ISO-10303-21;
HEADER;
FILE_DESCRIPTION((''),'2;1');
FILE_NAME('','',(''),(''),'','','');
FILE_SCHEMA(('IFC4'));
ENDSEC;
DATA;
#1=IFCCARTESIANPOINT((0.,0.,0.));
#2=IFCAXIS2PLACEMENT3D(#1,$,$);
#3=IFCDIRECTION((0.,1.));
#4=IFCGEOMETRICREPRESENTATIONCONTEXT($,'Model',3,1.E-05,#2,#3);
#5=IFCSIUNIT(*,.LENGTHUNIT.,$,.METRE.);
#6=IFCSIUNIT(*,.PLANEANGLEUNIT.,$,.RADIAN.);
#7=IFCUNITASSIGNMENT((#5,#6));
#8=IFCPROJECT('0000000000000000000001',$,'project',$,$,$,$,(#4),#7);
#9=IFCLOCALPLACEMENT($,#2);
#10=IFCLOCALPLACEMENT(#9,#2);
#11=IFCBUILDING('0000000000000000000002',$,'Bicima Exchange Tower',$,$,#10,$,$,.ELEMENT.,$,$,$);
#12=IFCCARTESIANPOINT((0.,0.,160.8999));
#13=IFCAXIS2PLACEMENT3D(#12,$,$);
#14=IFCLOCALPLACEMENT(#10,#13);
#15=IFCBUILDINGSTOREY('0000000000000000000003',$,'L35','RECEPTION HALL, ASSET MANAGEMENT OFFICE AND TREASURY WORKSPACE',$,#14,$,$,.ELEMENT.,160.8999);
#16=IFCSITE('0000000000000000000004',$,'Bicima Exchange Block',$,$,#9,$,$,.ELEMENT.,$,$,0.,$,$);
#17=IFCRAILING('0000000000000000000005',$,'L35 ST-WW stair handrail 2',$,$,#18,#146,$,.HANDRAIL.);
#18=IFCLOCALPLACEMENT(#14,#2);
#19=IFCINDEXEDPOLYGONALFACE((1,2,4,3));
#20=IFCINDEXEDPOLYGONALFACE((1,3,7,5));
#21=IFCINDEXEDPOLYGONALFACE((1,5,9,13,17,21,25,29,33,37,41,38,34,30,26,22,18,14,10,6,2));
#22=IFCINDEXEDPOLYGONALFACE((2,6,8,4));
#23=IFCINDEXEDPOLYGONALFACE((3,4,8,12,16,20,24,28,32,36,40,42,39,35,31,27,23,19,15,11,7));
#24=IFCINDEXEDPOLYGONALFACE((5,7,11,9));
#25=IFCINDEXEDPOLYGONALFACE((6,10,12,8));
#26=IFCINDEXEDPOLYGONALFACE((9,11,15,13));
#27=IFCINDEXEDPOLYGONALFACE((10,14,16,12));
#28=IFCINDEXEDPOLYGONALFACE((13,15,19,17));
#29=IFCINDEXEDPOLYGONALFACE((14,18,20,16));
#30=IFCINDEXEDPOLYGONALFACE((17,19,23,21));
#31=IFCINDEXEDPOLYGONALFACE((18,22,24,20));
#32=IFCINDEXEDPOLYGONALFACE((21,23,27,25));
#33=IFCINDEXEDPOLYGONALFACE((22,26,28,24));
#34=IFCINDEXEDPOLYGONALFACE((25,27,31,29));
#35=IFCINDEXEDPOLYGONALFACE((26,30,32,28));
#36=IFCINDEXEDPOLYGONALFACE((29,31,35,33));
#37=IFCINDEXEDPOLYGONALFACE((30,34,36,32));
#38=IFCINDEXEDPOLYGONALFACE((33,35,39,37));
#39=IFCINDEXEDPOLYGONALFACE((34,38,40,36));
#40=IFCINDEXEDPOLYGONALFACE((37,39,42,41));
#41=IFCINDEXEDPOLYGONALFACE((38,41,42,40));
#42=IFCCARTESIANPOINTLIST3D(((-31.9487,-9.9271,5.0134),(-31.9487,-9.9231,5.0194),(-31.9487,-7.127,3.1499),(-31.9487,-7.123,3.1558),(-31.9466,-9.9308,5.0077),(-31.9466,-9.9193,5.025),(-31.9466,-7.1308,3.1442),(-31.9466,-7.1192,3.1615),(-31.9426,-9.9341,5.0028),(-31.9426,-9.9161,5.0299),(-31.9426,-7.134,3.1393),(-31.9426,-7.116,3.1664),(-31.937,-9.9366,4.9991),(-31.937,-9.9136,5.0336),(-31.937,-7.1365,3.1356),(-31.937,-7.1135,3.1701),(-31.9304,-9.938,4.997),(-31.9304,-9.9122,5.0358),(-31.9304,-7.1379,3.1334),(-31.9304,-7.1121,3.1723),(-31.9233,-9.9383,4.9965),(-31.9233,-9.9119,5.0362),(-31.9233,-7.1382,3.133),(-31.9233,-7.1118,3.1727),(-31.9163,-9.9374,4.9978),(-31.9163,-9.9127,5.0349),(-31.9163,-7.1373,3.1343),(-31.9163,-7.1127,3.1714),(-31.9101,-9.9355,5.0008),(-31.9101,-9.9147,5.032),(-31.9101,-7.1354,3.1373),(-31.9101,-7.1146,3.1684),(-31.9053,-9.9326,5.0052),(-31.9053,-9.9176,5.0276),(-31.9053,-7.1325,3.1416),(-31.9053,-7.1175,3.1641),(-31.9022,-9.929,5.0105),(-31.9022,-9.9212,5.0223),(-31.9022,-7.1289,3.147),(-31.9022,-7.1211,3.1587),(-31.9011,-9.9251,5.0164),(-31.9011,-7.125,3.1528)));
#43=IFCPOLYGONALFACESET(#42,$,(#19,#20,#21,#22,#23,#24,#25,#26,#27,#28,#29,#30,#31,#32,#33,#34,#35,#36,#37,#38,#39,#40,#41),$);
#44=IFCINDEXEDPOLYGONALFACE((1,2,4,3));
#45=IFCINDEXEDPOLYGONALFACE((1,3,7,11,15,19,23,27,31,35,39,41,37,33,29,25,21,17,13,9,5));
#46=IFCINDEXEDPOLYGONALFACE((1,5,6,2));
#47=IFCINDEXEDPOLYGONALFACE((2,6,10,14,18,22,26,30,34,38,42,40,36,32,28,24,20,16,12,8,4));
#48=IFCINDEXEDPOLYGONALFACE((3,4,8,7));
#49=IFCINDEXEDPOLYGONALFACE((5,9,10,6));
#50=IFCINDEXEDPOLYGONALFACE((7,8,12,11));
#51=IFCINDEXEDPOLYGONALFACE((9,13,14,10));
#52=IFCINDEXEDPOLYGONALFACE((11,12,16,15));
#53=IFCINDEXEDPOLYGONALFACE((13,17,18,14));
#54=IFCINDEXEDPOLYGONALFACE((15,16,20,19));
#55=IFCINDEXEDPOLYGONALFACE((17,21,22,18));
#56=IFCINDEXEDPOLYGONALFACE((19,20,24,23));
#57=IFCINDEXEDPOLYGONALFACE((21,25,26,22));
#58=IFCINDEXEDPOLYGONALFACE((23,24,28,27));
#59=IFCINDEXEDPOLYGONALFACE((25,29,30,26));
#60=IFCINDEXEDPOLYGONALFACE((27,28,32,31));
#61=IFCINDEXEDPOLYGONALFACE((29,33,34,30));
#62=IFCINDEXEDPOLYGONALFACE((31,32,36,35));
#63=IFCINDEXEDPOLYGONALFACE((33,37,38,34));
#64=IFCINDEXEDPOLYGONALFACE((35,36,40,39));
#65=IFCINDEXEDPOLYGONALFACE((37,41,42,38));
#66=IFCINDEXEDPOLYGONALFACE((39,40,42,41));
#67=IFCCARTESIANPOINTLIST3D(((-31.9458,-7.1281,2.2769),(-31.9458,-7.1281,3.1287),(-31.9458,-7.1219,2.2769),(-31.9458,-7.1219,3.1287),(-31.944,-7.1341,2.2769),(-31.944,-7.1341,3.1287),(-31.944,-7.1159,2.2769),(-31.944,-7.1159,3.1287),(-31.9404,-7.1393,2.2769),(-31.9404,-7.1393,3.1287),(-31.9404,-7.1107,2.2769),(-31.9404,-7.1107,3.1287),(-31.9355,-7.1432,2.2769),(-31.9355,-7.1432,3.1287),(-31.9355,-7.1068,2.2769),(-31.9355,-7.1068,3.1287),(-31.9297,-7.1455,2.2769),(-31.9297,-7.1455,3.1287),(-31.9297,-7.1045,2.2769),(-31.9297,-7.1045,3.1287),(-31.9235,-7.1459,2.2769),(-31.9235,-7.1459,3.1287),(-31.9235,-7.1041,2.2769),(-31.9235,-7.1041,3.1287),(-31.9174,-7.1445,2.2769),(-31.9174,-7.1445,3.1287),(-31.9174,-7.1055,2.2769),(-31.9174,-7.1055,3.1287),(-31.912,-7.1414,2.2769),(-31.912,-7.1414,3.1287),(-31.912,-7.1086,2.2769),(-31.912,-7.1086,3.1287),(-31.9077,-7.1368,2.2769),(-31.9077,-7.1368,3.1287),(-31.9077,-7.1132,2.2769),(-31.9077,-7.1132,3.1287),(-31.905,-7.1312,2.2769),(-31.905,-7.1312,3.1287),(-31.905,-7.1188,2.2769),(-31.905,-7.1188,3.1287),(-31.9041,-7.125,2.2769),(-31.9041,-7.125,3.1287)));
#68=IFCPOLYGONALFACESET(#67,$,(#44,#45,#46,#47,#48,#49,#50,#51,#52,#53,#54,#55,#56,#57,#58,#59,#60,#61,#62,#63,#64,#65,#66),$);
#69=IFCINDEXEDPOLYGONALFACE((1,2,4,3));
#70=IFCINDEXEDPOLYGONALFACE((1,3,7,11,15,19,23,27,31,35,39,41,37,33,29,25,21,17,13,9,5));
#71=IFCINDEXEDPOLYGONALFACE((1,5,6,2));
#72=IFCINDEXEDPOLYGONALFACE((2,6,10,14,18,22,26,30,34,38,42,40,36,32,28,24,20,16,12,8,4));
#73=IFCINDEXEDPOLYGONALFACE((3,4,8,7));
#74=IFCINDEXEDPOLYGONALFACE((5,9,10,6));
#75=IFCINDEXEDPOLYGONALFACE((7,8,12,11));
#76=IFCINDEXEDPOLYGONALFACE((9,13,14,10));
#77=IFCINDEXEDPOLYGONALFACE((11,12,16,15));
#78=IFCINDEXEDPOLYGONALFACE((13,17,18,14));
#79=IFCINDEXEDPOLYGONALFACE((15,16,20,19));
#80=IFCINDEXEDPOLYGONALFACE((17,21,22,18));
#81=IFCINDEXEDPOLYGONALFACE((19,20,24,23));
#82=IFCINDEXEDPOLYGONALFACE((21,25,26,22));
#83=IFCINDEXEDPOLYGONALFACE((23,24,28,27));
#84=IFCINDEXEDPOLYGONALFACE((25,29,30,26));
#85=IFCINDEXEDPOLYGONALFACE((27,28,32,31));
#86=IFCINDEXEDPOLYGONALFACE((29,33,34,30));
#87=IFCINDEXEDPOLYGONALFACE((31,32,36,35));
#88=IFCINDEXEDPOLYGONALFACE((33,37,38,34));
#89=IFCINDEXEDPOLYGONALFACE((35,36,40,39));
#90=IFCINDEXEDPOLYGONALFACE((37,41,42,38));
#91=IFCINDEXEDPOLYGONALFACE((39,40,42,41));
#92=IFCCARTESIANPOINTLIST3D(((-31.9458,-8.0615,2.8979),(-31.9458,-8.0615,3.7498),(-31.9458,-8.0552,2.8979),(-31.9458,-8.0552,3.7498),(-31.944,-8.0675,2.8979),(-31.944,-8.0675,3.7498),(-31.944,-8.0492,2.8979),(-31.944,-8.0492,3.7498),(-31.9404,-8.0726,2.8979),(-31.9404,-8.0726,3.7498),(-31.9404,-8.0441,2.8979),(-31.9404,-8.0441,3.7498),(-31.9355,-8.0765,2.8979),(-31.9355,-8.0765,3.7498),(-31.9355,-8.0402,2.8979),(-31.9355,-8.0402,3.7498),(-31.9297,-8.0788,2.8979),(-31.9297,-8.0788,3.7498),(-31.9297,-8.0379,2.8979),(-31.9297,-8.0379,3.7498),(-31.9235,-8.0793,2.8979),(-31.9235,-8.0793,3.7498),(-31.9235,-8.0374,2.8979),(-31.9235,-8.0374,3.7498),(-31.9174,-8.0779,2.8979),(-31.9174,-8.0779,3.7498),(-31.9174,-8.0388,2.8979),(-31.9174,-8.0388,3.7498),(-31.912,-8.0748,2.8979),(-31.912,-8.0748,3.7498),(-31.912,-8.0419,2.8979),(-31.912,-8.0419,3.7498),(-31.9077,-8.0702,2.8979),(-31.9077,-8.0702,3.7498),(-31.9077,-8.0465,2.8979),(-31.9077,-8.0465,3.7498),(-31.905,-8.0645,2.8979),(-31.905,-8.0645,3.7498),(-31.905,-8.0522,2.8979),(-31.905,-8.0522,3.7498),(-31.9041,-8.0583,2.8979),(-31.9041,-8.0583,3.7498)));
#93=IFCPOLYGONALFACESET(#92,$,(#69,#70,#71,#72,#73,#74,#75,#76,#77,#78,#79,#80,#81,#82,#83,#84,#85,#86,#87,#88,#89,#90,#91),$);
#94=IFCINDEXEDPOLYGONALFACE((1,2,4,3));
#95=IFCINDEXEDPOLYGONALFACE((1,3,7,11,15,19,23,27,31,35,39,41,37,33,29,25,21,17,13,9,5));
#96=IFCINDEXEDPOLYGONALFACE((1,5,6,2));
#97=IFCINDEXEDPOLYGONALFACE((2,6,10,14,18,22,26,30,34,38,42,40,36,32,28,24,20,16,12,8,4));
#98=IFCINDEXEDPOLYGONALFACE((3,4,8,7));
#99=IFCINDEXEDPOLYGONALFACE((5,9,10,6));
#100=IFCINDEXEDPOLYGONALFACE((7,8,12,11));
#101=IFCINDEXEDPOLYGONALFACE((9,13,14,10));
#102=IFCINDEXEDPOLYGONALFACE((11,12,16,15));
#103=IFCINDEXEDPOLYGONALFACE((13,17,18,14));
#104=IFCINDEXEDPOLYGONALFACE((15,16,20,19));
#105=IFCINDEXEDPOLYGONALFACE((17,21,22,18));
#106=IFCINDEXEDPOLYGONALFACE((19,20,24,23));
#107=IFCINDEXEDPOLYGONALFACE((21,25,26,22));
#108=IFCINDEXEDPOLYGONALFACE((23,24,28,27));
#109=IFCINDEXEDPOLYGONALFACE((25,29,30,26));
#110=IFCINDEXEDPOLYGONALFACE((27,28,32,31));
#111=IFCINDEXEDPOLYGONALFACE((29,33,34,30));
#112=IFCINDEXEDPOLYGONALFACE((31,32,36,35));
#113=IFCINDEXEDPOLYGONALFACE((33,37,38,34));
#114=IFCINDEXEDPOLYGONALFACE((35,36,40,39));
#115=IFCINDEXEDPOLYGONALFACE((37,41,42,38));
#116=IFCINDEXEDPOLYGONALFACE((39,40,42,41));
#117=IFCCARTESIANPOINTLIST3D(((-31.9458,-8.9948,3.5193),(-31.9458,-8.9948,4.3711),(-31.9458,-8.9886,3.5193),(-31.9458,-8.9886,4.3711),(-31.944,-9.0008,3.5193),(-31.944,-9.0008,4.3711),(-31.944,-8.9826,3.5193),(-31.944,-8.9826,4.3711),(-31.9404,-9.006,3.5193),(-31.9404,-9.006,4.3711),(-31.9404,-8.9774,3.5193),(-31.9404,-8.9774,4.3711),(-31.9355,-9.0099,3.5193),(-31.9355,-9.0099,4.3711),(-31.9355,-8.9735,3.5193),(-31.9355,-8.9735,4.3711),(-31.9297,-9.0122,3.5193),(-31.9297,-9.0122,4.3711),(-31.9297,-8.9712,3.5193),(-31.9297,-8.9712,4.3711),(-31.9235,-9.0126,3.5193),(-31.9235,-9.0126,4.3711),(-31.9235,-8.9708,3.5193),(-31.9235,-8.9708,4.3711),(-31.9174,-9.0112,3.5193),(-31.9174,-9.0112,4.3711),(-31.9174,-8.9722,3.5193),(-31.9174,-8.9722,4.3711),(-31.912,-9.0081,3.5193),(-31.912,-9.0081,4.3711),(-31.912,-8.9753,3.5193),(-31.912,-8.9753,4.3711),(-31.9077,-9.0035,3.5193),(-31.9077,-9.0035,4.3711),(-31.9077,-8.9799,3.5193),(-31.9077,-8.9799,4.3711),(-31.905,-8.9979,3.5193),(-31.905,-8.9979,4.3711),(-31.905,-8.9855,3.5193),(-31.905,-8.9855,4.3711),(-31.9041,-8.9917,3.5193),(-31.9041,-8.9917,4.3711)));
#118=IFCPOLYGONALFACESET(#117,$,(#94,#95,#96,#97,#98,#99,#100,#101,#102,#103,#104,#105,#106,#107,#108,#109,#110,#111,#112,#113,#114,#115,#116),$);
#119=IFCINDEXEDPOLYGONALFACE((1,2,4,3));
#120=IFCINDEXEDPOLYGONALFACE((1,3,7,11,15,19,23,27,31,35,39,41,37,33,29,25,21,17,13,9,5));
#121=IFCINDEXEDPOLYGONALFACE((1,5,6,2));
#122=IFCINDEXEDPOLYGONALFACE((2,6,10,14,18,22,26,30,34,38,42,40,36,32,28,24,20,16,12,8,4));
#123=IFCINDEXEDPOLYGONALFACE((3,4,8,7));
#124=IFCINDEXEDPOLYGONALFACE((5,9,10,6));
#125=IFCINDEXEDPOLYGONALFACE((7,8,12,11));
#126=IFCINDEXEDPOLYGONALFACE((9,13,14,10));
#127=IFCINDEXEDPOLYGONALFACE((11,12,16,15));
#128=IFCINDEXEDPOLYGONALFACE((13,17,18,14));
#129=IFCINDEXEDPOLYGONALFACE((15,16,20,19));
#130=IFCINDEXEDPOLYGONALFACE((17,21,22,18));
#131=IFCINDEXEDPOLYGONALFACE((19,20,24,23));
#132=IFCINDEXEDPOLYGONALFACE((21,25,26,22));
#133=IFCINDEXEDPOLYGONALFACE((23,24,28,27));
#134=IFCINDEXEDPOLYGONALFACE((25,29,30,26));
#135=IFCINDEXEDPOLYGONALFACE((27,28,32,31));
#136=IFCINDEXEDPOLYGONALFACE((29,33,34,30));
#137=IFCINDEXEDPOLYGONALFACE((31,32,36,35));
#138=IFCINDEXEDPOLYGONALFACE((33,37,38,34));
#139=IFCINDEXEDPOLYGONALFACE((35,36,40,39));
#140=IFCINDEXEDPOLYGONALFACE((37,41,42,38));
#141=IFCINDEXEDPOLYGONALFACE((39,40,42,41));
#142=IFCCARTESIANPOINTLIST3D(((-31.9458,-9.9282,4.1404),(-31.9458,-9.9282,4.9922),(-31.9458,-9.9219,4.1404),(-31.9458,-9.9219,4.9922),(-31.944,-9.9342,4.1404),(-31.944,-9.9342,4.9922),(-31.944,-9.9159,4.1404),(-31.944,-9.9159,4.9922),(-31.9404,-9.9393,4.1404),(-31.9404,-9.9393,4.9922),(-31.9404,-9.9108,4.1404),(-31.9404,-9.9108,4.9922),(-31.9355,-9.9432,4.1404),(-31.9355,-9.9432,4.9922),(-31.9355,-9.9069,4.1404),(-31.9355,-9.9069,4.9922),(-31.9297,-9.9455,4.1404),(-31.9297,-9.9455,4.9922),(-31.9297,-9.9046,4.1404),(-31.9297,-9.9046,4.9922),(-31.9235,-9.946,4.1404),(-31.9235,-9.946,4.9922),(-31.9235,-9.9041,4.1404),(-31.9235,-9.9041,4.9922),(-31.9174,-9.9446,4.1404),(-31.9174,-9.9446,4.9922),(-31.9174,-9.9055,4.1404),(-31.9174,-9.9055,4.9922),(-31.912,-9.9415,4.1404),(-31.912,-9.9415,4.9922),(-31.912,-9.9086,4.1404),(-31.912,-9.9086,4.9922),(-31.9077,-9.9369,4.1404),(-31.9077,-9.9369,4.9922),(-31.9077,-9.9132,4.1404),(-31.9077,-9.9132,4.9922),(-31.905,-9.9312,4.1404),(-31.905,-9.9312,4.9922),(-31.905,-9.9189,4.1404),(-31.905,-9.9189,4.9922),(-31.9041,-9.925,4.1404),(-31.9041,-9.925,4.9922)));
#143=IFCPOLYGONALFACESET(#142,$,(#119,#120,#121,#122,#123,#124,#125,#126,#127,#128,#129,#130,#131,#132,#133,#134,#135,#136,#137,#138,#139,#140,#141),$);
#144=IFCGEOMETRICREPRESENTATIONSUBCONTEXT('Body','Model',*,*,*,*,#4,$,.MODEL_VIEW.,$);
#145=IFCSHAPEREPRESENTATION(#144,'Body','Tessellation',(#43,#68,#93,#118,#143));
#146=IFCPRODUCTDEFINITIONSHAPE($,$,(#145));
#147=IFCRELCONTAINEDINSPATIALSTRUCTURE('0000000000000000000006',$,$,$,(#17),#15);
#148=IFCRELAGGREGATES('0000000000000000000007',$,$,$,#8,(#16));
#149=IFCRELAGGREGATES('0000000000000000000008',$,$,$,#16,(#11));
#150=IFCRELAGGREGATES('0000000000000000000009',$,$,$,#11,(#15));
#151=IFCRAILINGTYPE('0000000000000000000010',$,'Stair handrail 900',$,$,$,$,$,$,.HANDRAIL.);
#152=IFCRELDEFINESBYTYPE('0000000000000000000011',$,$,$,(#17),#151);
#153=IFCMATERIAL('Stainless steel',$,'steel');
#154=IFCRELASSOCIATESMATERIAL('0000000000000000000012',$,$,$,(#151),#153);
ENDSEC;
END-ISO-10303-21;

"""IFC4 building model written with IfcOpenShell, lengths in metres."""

from ifc_helpers import new_model, si_unit, direction, frame, origin, origin_2d, place, context, subcontext, project, spatial, circle, extrude, material, type_object, element, save


model = new_model("IFC4")

# Units and contexts
model_context = context("Model", 3, precision=1e-05, world=origin(), true_north=direction((0.0, 1.0)))
body_context = subcontext(model_context, "Body", "Model", "MODEL_VIEW")
ifc_project = project(units=[si_unit("LENGTHUNIT", "METRE"), si_unit("PLANEANGLEUNIT", "RADIAN")], contexts=[model_context])

# Site, building, storey
site_placement = place(None, origin())
site = spatial("IfcSite", under=ifc_project, at=site_placement, Name="Bicima Exchange Block", CompositionType="ELEMENT", RefElevation=0.0)
building_placement = place(site_placement, origin())
building = spatial("IfcBuilding", under=site, at=building_placement, Name="Bicima Exchange Tower", CompositionType="ELEMENT")
storey_placement = place(building_placement, frame((0.0, 0.0, 160.8999)))
storey = spatial("IfcBuildingStorey", under=building, at=storey_placement, Name="L35", Description="RECEPTION HALL, ASSET MANAGEMENT OFFICE AND TREASURY WORKSPACE", CompositionType="ELEMENT", Elevation=160.8999)

# Railing
ifc_material_1 = material(Name="Stainless steel", Category="steel")
railing_type_1 = type_object("IfcRailingType", Name="Stair handrail 900", PredefinedType="HANDRAIL", material=ifc_material_1)
railing_1_placement = place(storey_placement, frame((-31.925, -7.125, 2.2769)))
element("IfcRailing", 1, at=railing_1_placement, inside=storey, type_object=railing_type_1, Name="L35 ST-WW stair handrail 2", PredefinedType="HANDRAIL", context=body_context, shape_type="SweptSolid", body=[
    extrude(circle(Radius=0.0239, at=origin_2d()), frame((0.0, 0.0, 0.876), z_axis=(0.0, -0.832486, 0.554047), x_axis=(1.0, 0.0, 0.0)), (0.0, 0.0, 1.0), 3.3635),
    extrude(circle(Radius=0.021, at=origin_2d()), origin(), (0.0, 0.0, 1.0), 0.8518),
    extrude(circle(Radius=0.021, at=origin_2d()), frame((0.0, -0.9333, 0.6211)), (0.0, 0.0, 1.0), 0.8518),
    extrude(circle(Radius=0.021, at=origin_2d()), frame((0.0, -1.8667, 1.2424)), (0.0, 0.0, 1.0), 0.8518),
    extrude(circle(Radius=0.021, at=origin_2d()), frame((0.0, -2.8, 1.8635)), (0.0, 0.0, 1.0), 0.8518),
])

save(model, "model.ifc")
